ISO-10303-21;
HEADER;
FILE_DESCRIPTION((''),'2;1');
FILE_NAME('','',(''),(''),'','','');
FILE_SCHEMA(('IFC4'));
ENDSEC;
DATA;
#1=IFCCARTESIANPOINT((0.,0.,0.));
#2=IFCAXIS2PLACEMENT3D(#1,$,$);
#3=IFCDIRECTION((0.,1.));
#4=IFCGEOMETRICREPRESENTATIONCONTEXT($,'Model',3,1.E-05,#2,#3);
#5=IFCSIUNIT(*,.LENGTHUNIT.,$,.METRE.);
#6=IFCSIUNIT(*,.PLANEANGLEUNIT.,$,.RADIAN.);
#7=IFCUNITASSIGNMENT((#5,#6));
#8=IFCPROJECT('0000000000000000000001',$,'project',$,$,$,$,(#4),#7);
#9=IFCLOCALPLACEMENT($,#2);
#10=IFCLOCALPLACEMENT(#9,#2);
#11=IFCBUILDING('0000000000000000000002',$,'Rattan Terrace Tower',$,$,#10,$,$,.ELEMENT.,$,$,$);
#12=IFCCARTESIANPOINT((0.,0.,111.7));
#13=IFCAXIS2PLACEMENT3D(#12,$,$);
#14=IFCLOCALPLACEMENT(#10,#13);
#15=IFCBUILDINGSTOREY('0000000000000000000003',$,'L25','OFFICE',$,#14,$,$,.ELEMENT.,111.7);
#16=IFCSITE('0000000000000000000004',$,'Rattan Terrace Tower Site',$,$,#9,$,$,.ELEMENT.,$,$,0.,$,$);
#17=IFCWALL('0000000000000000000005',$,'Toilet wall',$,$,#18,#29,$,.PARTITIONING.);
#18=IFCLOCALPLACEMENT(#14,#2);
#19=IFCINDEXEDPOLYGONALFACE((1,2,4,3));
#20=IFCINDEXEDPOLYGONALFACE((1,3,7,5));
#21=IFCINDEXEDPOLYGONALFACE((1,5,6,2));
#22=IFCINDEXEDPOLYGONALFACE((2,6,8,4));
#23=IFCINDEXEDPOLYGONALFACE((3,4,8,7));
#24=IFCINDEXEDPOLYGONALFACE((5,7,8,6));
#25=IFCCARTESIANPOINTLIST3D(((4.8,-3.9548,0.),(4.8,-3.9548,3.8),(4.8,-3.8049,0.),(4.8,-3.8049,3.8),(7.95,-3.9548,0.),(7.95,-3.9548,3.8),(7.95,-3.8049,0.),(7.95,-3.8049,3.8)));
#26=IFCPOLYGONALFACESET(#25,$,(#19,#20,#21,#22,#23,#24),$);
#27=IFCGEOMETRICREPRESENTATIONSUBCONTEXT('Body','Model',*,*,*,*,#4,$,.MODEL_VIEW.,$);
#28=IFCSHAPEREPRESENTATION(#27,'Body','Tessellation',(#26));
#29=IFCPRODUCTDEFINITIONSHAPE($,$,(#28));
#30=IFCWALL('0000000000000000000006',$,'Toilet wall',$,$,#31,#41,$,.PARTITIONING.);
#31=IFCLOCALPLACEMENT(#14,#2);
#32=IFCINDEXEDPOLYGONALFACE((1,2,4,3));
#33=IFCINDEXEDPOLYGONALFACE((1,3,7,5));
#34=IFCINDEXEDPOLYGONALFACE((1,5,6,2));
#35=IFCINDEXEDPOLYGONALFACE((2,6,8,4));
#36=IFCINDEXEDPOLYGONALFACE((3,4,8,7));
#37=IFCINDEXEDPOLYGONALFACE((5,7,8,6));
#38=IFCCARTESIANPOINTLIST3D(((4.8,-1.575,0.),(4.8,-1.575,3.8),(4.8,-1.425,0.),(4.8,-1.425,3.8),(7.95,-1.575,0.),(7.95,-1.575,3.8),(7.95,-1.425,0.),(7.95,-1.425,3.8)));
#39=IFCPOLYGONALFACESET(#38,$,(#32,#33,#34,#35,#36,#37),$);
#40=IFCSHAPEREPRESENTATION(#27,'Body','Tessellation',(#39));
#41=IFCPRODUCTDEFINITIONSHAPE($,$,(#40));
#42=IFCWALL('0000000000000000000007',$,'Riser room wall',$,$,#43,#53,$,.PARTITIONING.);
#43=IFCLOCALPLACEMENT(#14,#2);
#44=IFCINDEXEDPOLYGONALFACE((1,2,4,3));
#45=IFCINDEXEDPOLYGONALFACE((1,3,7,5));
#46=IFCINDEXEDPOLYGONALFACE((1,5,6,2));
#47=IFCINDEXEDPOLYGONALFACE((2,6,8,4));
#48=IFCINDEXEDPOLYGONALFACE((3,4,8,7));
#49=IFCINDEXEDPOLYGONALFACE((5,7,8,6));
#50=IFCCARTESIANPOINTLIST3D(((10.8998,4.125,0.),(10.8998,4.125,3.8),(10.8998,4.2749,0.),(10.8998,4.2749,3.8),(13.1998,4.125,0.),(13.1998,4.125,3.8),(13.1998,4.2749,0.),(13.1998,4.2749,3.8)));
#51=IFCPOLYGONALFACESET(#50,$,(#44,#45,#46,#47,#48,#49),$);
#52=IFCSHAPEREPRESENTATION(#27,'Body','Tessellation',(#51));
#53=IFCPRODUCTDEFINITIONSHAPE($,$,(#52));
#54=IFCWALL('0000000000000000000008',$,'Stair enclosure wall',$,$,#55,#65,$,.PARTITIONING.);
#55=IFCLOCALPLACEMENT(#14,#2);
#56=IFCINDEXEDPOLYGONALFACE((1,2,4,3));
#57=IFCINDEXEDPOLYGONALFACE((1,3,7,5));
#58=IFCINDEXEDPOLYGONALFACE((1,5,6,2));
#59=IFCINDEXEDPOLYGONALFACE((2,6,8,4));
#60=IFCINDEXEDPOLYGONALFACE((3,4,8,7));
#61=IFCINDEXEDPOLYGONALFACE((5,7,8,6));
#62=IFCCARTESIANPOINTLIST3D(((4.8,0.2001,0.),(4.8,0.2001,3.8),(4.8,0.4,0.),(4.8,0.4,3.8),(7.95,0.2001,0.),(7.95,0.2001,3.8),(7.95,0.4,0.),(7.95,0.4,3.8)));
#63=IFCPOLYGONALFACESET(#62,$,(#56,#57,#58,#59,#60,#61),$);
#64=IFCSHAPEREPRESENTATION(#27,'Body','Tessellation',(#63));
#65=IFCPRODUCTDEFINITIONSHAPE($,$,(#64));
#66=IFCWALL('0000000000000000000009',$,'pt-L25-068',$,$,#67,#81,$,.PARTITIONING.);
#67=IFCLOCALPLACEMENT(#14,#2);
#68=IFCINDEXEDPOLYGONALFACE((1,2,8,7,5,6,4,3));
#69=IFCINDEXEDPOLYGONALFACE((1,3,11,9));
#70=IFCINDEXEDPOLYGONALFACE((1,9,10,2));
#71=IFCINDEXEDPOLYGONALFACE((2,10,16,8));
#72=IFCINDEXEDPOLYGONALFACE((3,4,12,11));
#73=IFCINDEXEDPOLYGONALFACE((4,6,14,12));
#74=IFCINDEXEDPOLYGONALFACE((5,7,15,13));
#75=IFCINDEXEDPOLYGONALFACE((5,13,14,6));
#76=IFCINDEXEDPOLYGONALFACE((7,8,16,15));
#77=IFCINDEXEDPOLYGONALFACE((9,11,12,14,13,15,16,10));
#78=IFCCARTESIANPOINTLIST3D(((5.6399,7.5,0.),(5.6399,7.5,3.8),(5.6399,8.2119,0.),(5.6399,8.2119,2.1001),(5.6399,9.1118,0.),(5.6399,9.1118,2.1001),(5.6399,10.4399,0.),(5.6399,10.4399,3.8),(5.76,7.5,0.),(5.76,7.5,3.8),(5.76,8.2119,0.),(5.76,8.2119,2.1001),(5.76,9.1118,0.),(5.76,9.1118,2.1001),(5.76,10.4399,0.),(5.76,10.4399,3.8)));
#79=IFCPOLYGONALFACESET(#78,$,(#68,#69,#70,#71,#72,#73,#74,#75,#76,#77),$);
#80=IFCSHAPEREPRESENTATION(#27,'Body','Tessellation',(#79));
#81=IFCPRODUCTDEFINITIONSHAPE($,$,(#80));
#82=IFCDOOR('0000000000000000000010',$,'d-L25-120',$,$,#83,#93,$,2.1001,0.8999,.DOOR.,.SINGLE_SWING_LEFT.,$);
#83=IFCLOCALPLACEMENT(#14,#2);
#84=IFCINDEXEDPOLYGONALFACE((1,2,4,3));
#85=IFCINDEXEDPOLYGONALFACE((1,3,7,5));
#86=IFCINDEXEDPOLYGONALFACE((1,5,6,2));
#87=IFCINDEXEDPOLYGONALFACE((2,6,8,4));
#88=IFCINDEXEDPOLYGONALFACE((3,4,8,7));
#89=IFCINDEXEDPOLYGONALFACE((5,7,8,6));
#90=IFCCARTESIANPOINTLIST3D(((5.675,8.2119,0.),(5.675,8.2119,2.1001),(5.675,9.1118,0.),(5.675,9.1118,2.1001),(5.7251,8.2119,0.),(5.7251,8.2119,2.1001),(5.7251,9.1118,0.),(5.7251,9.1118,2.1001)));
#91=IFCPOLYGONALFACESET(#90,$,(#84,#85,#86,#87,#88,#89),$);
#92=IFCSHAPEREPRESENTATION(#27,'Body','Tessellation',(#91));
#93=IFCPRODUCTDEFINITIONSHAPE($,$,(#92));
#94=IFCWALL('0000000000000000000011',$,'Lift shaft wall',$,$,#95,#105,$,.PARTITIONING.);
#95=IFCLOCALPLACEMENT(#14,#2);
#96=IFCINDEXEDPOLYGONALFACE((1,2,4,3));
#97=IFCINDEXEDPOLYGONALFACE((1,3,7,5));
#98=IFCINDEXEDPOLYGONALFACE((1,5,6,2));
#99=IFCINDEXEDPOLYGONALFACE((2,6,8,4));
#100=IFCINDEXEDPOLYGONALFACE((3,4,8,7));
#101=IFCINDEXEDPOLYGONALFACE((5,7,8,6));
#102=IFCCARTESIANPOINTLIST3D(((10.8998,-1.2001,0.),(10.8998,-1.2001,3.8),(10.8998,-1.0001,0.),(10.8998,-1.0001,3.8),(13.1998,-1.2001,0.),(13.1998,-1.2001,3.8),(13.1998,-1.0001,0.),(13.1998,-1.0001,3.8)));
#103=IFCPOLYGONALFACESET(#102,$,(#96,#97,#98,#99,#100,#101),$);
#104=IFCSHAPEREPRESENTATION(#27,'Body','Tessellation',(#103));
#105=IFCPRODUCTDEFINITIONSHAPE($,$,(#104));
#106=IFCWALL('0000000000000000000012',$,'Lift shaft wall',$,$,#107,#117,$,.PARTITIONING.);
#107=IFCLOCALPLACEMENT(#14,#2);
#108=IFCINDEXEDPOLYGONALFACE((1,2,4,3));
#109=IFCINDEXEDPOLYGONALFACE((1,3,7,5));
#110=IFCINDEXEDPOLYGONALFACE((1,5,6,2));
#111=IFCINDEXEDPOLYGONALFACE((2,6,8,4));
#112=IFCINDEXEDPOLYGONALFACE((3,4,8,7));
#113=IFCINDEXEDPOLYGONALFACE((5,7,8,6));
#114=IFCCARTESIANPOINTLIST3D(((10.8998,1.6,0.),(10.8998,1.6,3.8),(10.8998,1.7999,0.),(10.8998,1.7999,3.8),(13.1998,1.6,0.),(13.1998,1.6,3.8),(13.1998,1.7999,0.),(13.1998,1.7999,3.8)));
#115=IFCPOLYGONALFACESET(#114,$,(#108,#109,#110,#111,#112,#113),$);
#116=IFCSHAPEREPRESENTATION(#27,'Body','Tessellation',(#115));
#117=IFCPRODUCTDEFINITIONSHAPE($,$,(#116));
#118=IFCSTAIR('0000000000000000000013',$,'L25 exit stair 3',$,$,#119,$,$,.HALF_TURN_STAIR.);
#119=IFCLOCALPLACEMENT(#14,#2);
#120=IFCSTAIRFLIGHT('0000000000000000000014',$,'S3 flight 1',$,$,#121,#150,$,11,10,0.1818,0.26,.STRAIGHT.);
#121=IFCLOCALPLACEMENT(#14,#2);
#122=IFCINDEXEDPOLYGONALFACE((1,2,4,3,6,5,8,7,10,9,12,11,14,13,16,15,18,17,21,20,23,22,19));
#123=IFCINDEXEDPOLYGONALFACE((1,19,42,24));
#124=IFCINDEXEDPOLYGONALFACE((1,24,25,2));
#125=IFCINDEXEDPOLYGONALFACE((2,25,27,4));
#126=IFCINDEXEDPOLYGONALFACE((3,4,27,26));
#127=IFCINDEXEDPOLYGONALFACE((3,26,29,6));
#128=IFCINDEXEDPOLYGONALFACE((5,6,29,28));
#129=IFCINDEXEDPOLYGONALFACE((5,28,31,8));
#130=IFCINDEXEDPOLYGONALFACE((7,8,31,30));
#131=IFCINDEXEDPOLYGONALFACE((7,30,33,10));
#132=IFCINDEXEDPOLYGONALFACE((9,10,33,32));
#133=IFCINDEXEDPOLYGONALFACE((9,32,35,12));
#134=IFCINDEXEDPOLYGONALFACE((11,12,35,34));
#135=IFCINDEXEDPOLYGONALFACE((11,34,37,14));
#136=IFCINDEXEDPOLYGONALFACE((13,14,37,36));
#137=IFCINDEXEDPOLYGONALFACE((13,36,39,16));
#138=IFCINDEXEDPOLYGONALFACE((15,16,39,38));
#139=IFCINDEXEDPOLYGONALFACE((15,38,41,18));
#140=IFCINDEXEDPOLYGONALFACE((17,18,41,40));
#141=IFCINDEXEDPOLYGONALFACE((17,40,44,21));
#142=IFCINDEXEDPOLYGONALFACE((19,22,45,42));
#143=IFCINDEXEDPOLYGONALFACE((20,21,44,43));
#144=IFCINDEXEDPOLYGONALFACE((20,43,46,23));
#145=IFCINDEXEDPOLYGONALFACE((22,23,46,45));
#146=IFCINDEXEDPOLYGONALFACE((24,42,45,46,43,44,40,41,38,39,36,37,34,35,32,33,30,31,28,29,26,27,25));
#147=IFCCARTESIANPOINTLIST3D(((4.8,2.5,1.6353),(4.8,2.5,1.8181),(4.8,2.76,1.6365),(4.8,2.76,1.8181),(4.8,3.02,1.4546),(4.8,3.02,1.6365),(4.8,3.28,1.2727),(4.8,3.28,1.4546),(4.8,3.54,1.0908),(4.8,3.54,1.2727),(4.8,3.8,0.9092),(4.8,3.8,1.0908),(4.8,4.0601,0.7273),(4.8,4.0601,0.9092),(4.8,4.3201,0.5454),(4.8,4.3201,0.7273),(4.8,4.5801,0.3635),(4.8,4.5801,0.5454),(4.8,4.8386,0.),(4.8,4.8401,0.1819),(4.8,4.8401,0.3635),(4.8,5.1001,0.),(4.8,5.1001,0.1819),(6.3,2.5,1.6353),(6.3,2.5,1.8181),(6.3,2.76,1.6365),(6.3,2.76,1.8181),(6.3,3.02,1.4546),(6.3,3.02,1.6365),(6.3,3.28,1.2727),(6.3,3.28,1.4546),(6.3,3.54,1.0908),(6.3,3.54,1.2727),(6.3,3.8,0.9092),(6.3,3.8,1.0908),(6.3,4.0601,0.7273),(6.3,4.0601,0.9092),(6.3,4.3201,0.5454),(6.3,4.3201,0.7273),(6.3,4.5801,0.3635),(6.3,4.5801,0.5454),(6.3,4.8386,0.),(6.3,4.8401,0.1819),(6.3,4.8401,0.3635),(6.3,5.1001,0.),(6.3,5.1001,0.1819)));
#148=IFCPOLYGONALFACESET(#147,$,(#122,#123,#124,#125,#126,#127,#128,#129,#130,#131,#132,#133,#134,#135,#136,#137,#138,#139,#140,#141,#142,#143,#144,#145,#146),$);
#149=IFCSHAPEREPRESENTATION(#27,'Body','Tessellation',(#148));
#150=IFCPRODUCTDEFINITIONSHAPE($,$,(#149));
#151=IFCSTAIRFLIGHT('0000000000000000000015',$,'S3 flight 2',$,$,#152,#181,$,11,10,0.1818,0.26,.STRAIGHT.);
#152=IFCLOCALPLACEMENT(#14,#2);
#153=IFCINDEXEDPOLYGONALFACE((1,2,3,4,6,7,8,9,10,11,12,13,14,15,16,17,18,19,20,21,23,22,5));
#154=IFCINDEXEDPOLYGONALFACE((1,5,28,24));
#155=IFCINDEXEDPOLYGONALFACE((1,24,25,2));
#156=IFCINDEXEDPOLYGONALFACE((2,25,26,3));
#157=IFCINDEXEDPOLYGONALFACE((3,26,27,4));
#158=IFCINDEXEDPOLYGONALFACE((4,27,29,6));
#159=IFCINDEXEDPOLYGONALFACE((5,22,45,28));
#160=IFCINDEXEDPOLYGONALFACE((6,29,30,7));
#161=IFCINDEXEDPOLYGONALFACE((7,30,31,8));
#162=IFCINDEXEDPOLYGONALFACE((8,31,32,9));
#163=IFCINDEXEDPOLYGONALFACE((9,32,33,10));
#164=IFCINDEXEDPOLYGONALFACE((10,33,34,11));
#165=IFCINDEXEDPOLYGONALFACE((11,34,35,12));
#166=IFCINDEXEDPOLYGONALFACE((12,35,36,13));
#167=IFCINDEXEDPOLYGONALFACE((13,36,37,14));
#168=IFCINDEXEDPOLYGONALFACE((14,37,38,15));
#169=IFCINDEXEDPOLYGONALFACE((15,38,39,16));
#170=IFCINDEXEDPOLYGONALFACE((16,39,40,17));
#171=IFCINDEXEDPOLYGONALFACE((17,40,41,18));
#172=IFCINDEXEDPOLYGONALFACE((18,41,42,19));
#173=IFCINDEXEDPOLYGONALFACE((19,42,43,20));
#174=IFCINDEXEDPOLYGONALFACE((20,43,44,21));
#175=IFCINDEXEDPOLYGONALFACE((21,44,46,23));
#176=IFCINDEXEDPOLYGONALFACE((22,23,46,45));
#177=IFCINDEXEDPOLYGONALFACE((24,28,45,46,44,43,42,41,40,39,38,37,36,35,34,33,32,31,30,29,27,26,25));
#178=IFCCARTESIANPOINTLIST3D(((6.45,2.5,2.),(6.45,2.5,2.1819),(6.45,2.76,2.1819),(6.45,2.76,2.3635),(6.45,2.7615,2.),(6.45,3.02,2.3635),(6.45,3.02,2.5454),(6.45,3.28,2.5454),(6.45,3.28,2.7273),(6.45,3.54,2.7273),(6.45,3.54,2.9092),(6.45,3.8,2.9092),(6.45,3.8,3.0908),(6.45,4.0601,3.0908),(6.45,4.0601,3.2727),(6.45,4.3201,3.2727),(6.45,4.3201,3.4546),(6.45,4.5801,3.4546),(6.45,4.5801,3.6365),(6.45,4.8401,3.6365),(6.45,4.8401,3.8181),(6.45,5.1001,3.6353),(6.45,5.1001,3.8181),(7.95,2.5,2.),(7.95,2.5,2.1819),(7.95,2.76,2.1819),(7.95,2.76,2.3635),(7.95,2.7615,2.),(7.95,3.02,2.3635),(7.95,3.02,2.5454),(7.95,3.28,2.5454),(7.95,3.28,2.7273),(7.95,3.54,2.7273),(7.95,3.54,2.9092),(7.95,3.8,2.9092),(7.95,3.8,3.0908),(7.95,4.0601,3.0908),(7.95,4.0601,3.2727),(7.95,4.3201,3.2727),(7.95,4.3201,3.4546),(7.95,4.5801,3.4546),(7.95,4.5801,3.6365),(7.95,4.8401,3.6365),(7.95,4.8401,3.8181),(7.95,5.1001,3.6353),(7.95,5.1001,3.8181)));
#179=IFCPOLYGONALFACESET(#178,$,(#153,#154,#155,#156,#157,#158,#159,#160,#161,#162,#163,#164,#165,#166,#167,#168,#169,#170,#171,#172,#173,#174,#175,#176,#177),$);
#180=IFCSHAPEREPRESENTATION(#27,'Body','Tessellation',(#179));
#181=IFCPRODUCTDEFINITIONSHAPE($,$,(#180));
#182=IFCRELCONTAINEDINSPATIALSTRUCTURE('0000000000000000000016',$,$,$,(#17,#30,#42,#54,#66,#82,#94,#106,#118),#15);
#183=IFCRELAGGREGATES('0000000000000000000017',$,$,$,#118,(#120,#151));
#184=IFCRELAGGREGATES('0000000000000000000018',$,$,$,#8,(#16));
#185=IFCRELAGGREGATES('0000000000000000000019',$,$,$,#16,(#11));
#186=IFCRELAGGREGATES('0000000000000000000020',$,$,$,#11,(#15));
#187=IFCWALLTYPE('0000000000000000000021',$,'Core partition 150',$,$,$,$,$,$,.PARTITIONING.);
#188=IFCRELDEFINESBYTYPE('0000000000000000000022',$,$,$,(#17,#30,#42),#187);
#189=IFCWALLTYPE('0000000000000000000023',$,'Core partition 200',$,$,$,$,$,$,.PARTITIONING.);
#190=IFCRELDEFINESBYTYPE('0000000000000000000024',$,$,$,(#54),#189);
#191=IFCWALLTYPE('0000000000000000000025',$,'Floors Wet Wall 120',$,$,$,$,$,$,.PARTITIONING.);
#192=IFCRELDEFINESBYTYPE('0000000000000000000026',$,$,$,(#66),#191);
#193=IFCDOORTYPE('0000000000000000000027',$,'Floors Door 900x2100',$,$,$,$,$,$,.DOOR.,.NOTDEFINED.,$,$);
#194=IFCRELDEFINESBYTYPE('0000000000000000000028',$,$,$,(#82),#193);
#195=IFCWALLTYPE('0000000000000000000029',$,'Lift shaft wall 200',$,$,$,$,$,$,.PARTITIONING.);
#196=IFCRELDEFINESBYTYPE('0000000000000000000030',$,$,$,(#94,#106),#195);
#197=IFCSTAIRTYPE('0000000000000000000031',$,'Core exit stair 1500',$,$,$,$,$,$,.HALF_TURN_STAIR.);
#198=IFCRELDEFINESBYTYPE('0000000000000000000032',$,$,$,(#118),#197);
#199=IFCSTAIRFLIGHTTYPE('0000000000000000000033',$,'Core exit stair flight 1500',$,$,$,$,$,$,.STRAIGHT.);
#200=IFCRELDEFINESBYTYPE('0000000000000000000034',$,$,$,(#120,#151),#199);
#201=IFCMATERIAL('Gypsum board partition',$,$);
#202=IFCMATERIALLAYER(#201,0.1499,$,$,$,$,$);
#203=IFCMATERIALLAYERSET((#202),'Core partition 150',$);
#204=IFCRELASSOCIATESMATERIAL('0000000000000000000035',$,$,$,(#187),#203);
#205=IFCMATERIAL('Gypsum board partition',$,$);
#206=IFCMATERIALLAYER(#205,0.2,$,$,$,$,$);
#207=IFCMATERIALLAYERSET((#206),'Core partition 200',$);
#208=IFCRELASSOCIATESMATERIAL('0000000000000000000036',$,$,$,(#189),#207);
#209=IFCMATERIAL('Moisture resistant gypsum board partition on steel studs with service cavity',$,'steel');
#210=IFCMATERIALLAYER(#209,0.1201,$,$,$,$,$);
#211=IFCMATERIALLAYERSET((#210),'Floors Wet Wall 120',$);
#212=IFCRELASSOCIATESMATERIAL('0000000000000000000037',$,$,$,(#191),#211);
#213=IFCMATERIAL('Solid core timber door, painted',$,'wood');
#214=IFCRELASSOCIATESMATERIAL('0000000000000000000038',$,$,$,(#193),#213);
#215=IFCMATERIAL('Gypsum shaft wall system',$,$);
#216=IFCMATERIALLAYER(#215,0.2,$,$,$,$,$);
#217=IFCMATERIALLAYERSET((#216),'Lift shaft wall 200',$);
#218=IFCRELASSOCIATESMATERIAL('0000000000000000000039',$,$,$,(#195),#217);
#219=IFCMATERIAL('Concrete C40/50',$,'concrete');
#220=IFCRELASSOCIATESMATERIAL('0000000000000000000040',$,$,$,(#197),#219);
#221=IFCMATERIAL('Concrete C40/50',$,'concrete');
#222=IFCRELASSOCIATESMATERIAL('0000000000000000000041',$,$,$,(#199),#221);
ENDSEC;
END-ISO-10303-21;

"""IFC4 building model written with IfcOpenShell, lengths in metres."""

from ifc_helpers import new_model, si_unit, direction, frame, frame_2d, origin, place, context, subcontext, project, spatial, polyline, rectangle, outline, extrude, material, layer, layer_set, type_object, element, fill, aggregate, save


model = new_model("IFC4")

# Units and contexts
model_context = context("Model", 3, precision=1e-05, world=origin(), true_north=direction((0.0, 1.0)))
body_context = subcontext(model_context, "Body", "Model", "MODEL_VIEW")
ifc_project = project(units=[si_unit("LENGTHUNIT", "METRE"), si_unit("PLANEANGLEUNIT", "RADIAN")], contexts=[model_context])

# Site, building, storey
site_placement = place(None, origin())
site = spatial("IfcSite", under=ifc_project, at=site_placement, Name="Rattan Terrace Tower Site", CompositionType="ELEMENT", RefElevation=0.0)
building_placement = place(site_placement, origin())
building = spatial("IfcBuilding", under=site, at=building_placement, Name="Rattan Terrace Tower", CompositionType="ELEMENT")
storey_placement = place(building_placement, frame((0.0, 0.0, 111.7)))
storey = spatial("IfcBuildingStorey", under=building, at=storey_placement, Name="L25", Description="OFFICE", CompositionType="ELEMENT", Elevation=111.7)

# Walls
ifc_material_1 = material(Name="Gypsum board partition")
ifc_layer_1 = layer(ifc_material_1, 0.1499)
ifc_layer_set_1 = layer_set([ifc_layer_1], Name="Core partition 150")
wall_type_1 = type_object("IfcWallType", Name="Core partition 150", PredefinedType="PARTITIONING", material=ifc_layer_set_1)
for number, where, z_axis, x_axis, name in (
    (1, (4.8, -3.8799, 0.0), (0.0, 0.0, 1.0), (1.0, 0.0, 0.0), "Toilet wall"),
    (2, (4.8, -1.5, 0.0), (0.0, 0.0, 1.0), (1.0, 0.0, 0.0), "Toilet wall"),
):
    element("IfcWall", number, at=place(storey_placement, frame(where, z_axis=z_axis, x_axis=x_axis)), inside=storey, type_object=wall_type_1, Name=name, PredefinedType="PARTITIONING", context=body_context, shape_type="SweptSolid", body=[
        extrude(rectangle(XDim=3.1499, YDim=0.1499, at=frame_2d((1.575, 0.0))), origin(), (0.0, 0.0, 1.0), 3.8),
    ])
wall_1_placement = place(storey_placement, frame((10.8999, 4.2, 0.0), z_axis=(0.0, 0.0, 1.0), x_axis=(1.0, 0.0, 0.0)))
element("IfcWall", 3, at=wall_1_placement, inside=storey, type_object=wall_type_1, Name="Riser room wall", PredefinedType="PARTITIONING", context=body_context, shape_type="SweptSolid", body=[
    extrude(rectangle(XDim=2.3, YDim=0.1499, at=frame_2d((1.1499, 0.0))), origin(), (0.0, 0.0, 1.0), 3.8),
])
ifc_material_2 = material(Name="Gypsum board partition")
ifc_layer_2 = layer(ifc_material_2, 0.2)
ifc_layer_set_2 = layer_set([ifc_layer_2], Name="Core partition 200")
wall_type_2 = type_object("IfcWallType", Name="Core partition 200", PredefinedType="PARTITIONING", material=ifc_layer_set_2)
wall_2_placement = place(storey_placement, frame((4.8, 0.3, 0.0), z_axis=(0.0, 0.0, 1.0), x_axis=(1.0, 0.0, 0.0)))
element("IfcWall", 4, at=wall_2_placement, inside=storey, type_object=wall_type_2, Name="Stair enclosure wall", PredefinedType="PARTITIONING", context=body_context, shape_type="SweptSolid", body=[
    extrude(rectangle(XDim=3.1499, YDim=0.2, at=frame_2d((1.575, 0.0))), origin(), (0.0, 0.0, 1.0), 3.8),
])
ifc_material_3 = material(Name="Moisture resistant gypsum board partition on steel studs with service cavity", Category="steel")
ifc_layer_3 = layer(ifc_material_3, 0.1201)
ifc_layer_set_3 = layer_set([ifc_layer_3], Name="Floors Wet Wall 120")
wall_type_3 = type_object("IfcWallType", Name="Floors Wet Wall 120", PredefinedType="PARTITIONING", material=ifc_layer_set_3)

# Wall, opening, door
wall_3_placement = place(storey_placement, frame((5.7, 7.5, 0.0), z_axis=(0.0, 0.0, 1.0), x_axis=(0.0, 1.0, 0.0)))
wall_3 = element("IfcWall", 5, at=wall_3_placement, inside=storey, type_object=wall_type_3, Name="pt-L25-068", PredefinedType="PARTITIONING", context=body_context, shape_type="SweptSolid", body=[
    extrude(rectangle(XDim=2.9399, YDim=0.1201, at=frame_2d((1.47, 0.0))), origin(), (0.0, 0.0, 1.0), 3.8),
])
opening_placement = place(wall_3_placement, frame((0.7119, 0.0, 0.0)))
opening = element("IfcOpeningElement", 6, at=opening_placement, cuts=wall_3, PredefinedType="OPENING", context=body_context, shape_type="SweptSolid", body=[
    extrude(rectangle(XDim=0.8999, YDim=2.1001, at=frame_2d((0.45, 1.05))), frame((0.0, 0.0706, 0.0), z_axis=(0.0, -1.0, 0.0), x_axis=(1.0, 0.0, 0.0)), (0.0, 0.0, 1.0), 0.1411),
])
ifc_material_4 = material(Name="Solid core timber door, painted", Category="wood")
door_type = type_object("IfcDoorType", Name="Floors Door 900x2100", OperationType="NOTDEFINED", PredefinedType="DOOR", material=ifc_material_4)
door_placement = place(opening_placement, origin())
door = element("IfcDoor", 7, at=door_placement, inside=storey, type_object=door_type, Name="d-L25-120", OperationType="SINGLE_SWING_LEFT", OverallHeight=2.1001, OverallWidth=0.8999, PredefinedType="DOOR", context=body_context, shape_type="SweptSolid", body=[
    extrude(rectangle(XDim=0.8999, YDim=2.1001, at=frame_2d((0.45, 1.05))), frame((0.0, 0.0249, 0.0), z_axis=(0.0, -1.0, 0.0), x_axis=(1.0, 0.0, 0.0)), (0.0, 0.0, 1.0), 0.05),
])
fill(opening, door)

# Walls
ifc_material_5 = material(Name="Gypsum shaft wall system")
ifc_layer_4 = layer(ifc_material_5, 0.2)
ifc_layer_set_4 = layer_set([ifc_layer_4], Name="Lift shaft wall 200")
wall_type_4 = type_object("IfcWallType", Name="Lift shaft wall 200", PredefinedType="PARTITIONING", material=ifc_layer_set_4)
for number, where, z_axis, x_axis, name in (
    (8, (10.8999, -1.1001, 0.0), (0.0, 0.0, 1.0), (1.0, 0.0, 0.0), "Lift shaft wall"),
    (9, (10.8999, 1.7, 0.0), (0.0, 0.0, 1.0), (1.0, 0.0, 0.0), "Lift shaft wall"),
):
    element("IfcWall", number, at=place(storey_placement, frame(where, z_axis=z_axis, x_axis=x_axis)), inside=storey, type_object=wall_type_4, Name=name, PredefinedType="PARTITIONING", context=body_context, shape_type="SweptSolid", body=[
        extrude(rectangle(XDim=2.3, YDim=0.2, at=frame_2d((1.1499, 0.0))), origin(), (0.0, 0.0, 1.0), 3.8),
    ])

# Stair, stair flights
ifc_material_6 = material(Name="Concrete C40/50", Category="concrete")
stair_type = type_object("IfcStairType", Name="Core exit stair 1500", PredefinedType="HALF_TURN_STAIR", material=ifc_material_6)
stair_placement = place(storey_placement, origin())
stair = element("IfcStair", 10, at=stair_placement, inside=storey, type_object=stair_type, Name="L25 exit stair 3", PredefinedType="HALF_TURN_STAIR")
ifc_material_7 = material(Name="Concrete C40/50", Category="concrete")
stair_flight_type = type_object("IfcStairFlightType", Name="Core exit stair flight 1500", PredefinedType="STRAIGHT", material=ifc_material_7)
stair_flight_1_placement = place(storey_placement, frame((5.55, 5.1001, 0.0), z_axis=(0.0, 0.0, 1.0), x_axis=(0.0, -1.0, 0.0)))
stair_flight_1 = element("IfcStairFlight", 11, at=stair_flight_1_placement, type_object=stair_flight_type, Name="S3 flight 1", NumberOfRisers=11, NumberOfTreads=10, PredefinedType="STRAIGHT", RiserHeight=0.1818, TreadLength=0.26, context=body_context, shape_type="SweptSolid", body=[
    extrude(outline(polyline([(0.0, 0.0), (0.0, 0.1819), (0.26, 0.1819), (0.26, 0.3635), (0.52, 0.3635), (0.52, 0.5454), (0.78, 0.5454), (0.78, 0.7273), (1.04, 0.7273), (1.04, 0.9092), (1.3, 0.9092), (1.3, 1.0908), (1.5601, 1.0908), (1.5601, 1.2727), (1.8201, 1.2727), (1.8201, 1.4546), (2.0801, 1.4546), (2.0801, 1.6365), (2.3401, 1.6365), (2.3401, 1.8181), (2.6001, 1.8181), (2.6001, 2.0), (2.6001, 1.6353), (0.2615, 0.0), (0.0, 0.0)])), frame((0.0, 0.75, 0.0), z_axis=(0.0, -1.0, 0.0), x_axis=(1.0, 0.0, 0.0)), (0.0, 0.0, 1.0), 1.5),
])
stair_flight_2_placement = place(storey_placement, frame((7.2, 2.5, 2.0), z_axis=(0.0, 0.0, 1.0), x_axis=(0.0, 1.0, 0.0)))
stair_flight_2 = element("IfcStairFlight", 12, at=stair_flight_2_placement, type_object=stair_flight_type, Name="S3 flight 2", NumberOfRisers=11, NumberOfTreads=10, PredefinedType="STRAIGHT", RiserHeight=0.1818, TreadLength=0.26, context=body_context, shape_type="SweptSolid", body=[
    extrude(outline(polyline([(0.0, 0.0), (0.0, 0.1819), (0.26, 0.1819), (0.26, 0.3635), (0.52, 0.3635), (0.52, 0.5454), (0.78, 0.5454), (0.78, 0.7273), (1.04, 0.7273), (1.04, 0.9092), (1.3, 0.9092), (1.3, 1.0908), (1.5601, 1.0908), (1.5601, 1.2727), (1.8201, 1.2727), (1.8201, 1.4546), (2.0801, 1.4546), (2.0801, 1.6365), (2.3401, 1.6365), (2.3401, 1.8181), (2.6001, 1.8181), (2.6001, 2.0), (2.6001, 1.6353), (0.2615, 0.0), (0.0, 0.0)])), frame((0.0, 0.75, 0.0), z_axis=(0.0, -1.0, 0.0), x_axis=(1.0, 0.0, 0.0)), (0.0, 0.0, 1.0), 1.5),
])
aggregate(stair, [stair_flight_1, stair_flight_2])

save(model, "model.ifc")
